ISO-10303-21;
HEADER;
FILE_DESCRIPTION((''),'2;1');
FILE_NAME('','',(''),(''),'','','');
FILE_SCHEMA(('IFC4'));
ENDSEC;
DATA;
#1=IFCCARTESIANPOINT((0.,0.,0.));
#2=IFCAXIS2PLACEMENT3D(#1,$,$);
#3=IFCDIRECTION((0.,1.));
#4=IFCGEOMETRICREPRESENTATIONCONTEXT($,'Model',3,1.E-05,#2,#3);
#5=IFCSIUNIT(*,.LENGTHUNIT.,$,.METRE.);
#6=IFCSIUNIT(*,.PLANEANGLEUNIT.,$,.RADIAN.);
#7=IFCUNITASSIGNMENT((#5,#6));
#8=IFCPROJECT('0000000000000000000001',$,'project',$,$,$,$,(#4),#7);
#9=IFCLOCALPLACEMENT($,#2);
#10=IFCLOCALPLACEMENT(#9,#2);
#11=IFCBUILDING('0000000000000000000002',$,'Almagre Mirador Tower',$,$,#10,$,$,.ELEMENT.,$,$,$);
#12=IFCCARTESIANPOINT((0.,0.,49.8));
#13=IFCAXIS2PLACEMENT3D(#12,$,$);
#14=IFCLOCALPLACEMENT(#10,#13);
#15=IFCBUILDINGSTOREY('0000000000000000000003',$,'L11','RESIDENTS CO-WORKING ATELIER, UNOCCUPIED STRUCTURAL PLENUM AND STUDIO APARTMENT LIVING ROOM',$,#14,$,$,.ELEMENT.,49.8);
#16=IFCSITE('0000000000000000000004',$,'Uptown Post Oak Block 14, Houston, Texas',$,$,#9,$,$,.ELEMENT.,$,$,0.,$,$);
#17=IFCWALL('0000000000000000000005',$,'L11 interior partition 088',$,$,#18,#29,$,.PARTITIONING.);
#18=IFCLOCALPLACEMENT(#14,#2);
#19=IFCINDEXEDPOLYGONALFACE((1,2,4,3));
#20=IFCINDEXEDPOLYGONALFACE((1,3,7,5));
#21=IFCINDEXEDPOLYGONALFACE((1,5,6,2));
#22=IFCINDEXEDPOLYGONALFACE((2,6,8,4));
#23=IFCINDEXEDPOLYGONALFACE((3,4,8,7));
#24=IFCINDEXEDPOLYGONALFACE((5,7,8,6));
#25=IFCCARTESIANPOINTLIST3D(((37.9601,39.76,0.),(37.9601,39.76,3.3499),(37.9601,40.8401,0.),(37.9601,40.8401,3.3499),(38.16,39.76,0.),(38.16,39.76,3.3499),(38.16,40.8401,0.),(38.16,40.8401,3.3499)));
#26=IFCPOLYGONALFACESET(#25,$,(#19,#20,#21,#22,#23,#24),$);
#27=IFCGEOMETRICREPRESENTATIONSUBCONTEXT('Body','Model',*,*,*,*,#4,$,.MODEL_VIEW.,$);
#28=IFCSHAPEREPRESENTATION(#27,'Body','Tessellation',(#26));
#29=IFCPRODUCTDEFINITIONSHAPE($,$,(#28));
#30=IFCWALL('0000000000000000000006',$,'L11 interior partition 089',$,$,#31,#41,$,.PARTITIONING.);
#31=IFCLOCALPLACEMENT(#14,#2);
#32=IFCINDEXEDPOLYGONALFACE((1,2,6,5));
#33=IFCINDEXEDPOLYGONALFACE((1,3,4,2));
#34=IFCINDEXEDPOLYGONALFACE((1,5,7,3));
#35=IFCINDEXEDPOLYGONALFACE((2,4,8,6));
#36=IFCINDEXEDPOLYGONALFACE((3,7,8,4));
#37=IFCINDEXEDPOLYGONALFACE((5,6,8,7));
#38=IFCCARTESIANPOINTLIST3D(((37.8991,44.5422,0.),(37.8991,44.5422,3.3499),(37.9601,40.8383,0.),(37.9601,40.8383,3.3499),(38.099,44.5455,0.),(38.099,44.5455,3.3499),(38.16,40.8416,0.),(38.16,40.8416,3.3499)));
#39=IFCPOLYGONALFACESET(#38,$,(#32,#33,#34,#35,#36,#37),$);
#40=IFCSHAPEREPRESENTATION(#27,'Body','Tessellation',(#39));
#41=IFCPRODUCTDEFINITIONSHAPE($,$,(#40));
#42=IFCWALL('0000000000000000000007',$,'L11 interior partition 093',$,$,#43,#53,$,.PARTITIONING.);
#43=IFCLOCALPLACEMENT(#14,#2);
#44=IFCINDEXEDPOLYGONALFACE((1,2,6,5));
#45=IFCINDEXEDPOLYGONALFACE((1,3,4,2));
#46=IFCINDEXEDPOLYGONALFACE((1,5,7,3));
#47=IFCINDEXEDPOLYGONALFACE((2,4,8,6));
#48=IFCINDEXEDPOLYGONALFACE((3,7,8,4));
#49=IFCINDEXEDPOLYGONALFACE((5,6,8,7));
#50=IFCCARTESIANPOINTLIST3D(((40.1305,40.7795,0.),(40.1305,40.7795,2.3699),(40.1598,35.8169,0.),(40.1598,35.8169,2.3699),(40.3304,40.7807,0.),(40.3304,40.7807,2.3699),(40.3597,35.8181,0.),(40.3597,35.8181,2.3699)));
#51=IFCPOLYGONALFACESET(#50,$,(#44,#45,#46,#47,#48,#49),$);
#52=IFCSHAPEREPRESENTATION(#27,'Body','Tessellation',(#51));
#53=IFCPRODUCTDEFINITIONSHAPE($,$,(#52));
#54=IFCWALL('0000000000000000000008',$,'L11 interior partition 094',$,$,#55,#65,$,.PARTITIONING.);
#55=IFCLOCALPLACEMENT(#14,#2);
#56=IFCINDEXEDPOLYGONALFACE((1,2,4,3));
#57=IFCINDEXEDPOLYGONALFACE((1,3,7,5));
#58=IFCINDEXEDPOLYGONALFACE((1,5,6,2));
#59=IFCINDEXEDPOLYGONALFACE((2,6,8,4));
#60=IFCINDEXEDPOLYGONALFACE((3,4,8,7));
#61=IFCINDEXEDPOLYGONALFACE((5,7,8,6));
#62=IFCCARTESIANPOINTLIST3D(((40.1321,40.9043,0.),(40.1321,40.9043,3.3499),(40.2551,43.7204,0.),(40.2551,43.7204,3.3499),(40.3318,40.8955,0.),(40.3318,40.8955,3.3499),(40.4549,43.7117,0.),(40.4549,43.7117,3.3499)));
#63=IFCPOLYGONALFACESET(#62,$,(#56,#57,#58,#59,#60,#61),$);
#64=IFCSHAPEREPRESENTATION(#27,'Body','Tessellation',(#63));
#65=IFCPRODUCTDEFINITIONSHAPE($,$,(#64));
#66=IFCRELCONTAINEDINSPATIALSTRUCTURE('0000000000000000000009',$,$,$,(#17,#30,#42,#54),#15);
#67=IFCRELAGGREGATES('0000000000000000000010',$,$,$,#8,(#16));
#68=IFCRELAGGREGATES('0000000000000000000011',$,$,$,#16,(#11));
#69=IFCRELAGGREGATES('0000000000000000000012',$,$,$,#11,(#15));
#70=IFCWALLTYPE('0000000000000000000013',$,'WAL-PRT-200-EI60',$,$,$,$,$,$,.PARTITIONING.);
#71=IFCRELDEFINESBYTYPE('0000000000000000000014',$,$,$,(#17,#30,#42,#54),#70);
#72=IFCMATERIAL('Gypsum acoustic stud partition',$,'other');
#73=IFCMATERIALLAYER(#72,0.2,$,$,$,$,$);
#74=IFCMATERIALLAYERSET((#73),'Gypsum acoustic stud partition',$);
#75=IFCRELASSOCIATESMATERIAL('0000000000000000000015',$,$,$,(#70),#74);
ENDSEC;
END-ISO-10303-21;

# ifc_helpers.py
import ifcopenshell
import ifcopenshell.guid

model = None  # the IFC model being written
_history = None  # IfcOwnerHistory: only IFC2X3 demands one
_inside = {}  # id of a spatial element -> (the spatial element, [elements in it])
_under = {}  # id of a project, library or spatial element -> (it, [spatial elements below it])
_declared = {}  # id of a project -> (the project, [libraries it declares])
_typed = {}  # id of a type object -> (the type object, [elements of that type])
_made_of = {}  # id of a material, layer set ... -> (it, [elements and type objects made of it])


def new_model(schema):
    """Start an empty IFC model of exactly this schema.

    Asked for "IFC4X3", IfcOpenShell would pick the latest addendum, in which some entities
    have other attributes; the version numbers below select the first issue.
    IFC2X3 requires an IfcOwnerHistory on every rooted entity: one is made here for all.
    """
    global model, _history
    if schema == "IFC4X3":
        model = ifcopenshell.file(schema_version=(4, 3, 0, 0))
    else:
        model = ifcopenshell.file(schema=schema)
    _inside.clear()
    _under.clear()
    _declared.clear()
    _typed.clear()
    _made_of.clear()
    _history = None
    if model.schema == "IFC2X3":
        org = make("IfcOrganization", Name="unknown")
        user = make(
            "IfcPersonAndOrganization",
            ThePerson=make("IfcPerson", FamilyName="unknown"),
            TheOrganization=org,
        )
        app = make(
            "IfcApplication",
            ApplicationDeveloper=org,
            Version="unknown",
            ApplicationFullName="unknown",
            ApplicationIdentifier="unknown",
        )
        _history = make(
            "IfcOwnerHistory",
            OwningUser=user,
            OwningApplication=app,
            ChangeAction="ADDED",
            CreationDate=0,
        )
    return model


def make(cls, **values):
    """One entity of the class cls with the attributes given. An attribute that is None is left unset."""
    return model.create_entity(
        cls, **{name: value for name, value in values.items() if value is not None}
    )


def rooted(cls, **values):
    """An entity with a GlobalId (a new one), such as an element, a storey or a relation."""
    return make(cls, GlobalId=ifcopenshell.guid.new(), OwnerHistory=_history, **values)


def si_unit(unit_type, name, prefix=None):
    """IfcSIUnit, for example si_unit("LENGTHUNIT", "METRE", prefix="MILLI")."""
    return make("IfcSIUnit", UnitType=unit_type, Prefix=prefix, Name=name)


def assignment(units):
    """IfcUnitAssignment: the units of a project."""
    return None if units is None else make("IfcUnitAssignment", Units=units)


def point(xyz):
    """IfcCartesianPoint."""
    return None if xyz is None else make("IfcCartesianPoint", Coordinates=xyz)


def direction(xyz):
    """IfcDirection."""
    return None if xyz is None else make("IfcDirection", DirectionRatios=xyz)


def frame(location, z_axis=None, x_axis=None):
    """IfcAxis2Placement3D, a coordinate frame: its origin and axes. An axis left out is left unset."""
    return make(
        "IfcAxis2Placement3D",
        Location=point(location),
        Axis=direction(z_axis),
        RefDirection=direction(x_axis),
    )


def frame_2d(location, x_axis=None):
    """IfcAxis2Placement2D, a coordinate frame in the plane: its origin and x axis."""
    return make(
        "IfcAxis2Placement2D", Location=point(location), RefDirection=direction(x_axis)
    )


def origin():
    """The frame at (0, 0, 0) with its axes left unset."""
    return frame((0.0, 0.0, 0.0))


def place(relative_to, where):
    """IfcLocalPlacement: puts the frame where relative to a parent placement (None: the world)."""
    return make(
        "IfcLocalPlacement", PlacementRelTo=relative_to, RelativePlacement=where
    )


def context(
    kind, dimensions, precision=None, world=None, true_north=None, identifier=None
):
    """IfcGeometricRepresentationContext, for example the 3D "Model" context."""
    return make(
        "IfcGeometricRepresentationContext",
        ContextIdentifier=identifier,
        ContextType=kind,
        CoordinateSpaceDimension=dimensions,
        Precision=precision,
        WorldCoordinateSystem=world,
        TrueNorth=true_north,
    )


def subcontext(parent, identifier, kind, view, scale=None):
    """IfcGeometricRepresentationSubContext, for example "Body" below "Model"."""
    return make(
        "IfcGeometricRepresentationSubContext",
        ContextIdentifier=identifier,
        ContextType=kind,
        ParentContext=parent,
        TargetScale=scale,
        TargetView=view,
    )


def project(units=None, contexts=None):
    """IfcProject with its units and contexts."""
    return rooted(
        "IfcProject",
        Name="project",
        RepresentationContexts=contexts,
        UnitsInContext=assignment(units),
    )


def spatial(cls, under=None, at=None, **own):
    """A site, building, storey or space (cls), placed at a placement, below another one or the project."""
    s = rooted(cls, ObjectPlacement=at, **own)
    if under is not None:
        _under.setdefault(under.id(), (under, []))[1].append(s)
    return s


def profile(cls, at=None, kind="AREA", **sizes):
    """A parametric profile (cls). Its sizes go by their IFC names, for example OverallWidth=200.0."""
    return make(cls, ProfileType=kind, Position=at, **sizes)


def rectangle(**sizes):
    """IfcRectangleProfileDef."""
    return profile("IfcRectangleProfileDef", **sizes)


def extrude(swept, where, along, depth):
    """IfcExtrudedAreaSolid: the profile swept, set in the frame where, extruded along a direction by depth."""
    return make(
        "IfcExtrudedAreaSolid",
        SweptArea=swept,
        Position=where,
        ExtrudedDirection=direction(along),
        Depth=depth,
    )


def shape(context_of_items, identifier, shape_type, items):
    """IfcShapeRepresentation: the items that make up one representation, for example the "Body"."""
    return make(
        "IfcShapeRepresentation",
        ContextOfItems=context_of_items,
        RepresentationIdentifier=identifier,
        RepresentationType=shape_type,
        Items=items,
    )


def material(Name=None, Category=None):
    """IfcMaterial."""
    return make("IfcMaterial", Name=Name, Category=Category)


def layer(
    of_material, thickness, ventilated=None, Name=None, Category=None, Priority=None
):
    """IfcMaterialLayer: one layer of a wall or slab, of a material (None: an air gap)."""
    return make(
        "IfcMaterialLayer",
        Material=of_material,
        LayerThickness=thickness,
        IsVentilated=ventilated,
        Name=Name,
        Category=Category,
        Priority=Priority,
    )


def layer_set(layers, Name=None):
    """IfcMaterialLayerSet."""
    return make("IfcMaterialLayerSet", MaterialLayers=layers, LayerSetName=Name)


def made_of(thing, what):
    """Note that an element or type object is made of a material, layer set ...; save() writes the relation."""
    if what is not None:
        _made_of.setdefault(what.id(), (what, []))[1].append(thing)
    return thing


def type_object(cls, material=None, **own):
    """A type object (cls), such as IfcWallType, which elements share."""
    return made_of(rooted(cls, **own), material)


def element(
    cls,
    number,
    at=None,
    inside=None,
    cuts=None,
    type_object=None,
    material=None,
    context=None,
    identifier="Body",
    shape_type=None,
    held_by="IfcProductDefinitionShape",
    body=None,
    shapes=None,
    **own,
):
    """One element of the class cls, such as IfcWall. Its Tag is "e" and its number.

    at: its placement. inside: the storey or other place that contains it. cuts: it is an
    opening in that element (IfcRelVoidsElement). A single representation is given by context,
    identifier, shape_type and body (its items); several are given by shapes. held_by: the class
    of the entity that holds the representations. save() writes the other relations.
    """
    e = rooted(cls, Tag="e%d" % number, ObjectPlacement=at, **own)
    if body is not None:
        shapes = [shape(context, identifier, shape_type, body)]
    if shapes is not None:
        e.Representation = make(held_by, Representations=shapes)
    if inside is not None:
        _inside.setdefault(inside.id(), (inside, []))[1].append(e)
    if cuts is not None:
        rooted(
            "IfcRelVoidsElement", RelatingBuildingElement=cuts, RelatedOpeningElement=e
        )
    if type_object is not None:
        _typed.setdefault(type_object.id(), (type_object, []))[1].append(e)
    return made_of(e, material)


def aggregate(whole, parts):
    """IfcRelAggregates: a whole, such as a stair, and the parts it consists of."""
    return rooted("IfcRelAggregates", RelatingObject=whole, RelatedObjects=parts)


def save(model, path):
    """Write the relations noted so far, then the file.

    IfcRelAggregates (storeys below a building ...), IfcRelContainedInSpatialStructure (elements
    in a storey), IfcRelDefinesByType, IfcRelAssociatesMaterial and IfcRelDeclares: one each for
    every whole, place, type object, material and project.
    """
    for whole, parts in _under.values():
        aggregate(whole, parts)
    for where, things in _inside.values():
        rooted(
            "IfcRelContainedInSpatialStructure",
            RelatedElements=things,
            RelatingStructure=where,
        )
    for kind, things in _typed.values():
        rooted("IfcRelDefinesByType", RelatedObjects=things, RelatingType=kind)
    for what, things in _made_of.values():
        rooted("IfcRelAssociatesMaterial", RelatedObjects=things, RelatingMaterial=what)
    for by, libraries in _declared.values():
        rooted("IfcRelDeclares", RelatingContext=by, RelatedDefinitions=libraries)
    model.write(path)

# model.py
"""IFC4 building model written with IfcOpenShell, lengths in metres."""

from ifc_helpers import new_model, si_unit, direction, frame, frame_2d, origin, place, context, subcontext, project, spatial, rectangle, extrude, material, layer, layer_set, type_object, element, save


model = new_model("IFC4")

# Units and contexts
model_context = context("Model", 3, precision=1e-05, world=origin(), true_north=direction((0.0, 1.0)))
body_context = subcontext(model_context, "Body", "Model", "MODEL_VIEW")
ifc_project = project(units=[si_unit("LENGTHUNIT", "METRE"), si_unit("PLANEANGLEUNIT", "RADIAN")], contexts=[model_context])

# Site, building, storey
site_placement = place(None, origin())
site = spatial("IfcSite", under=ifc_project, at=site_placement, Name="Uptown Post Oak Block 14, Houston, Texas", CompositionType="ELEMENT", RefElevation=0.0)
building_placement = place(site_placement, origin())
building = spatial("IfcBuilding", under=site, at=building_placement, Name="Almagre Mirador Tower", CompositionType="ELEMENT")
storey_placement = place(building_placement, frame((0.0, 0.0, 49.8)))
storey = spatial("IfcBuildingStorey", under=building, at=storey_placement, Name="L11", Description="RESIDENTS CO-WORKING ATELIER, UNOCCUPIED STRUCTURAL PLENUM AND STUDIO APARTMENT LIVING ROOM", CompositionType="ELEMENT", Elevation=49.8)

# Walls
ifc_material_1 = material(Name="Gypsum acoustic stud partition", Category="other")
ifc_layer_1 = layer(ifc_material_1, 0.2)
ifc_layer_set_1 = layer_set([ifc_layer_1], Name="Gypsum acoustic stud partition")
wall_type_1 = type_object("IfcWallType", Name="WAL-PRT-200-EI60", PredefinedType="PARTITIONING", material=ifc_layer_set_1)
wall_1_placement = place(storey_placement, frame((38.0601, 39.76, 0.0), z_axis=(0.0, 0.0, 1.0), x_axis=(0.0, 1.0, 0.0)))
element("IfcWall", 1, at=wall_1_placement, inside=storey, type_object=wall_type_1, Name="L11 interior partition 088", PredefinedType="PARTITIONING", context=body_context, shape_type="SweptSolid", body=[
    extrude(rectangle(XDim=1.0801, YDim=0.2, at=frame_2d((0.54, 0.0))), origin(), (0.0, 0.0, 1.0), 3.3499),
])
wall_2_placement = place(storey_placement, frame((38.0601, 40.8401, 0.0), z_axis=(0.0, 0.0, 1.0), x_axis=(-0.016477, 0.999864, 0.0)))
element("IfcWall", 2, at=wall_2_placement, inside=storey, type_object=wall_type_1, Name="L11 interior partition 089", PredefinedType="PARTITIONING", context=body_context, shape_type="SweptSolid", body=[
    extrude(rectangle(XDim=3.7043, YDim=0.2, at=frame_2d((1.8521, 0.0))), origin(), (0.0, 0.0, 1.0), 3.3499),
])
wall_3_placement = place(storey_placement, frame((40.2598, 35.8174, 0.0), z_axis=(0.0, 0.0, 1.0), x_axis=(-0.005903, 0.999983, 0.0)))
element("IfcWall", 3, at=wall_3_placement, inside=storey, type_object=wall_type_1, Name="L11 interior partition 093", PredefinedType="PARTITIONING", context=body_context, shape_type="SweptSolid", body=[
    extrude(rectangle(XDim=4.9626, YDim=0.2, at=frame_2d((2.4814, 0.0))), origin(), (0.0, 0.0, 1.0), 2.3699),
])
wall_4_placement = place(storey_placement, frame((40.2319, 40.8999, 0.0), z_axis=(0.0, 0.0, 1.0), x_axis=(0.043651, 0.999047, 0.0)))
element("IfcWall", 4, at=wall_4_placement, inside=storey, type_object=wall_type_1, Name="L11 interior partition 094", PredefinedType="PARTITIONING", context=body_context, shape_type="SweptSolid", body=[
    extrude(rectangle(XDim=2.8188, YDim=0.2, at=frame_2d((1.4094, 0.0))), origin(), (0.0, 0.0, 1.0), 3.3499),
])

save(model, "model.ifc")
